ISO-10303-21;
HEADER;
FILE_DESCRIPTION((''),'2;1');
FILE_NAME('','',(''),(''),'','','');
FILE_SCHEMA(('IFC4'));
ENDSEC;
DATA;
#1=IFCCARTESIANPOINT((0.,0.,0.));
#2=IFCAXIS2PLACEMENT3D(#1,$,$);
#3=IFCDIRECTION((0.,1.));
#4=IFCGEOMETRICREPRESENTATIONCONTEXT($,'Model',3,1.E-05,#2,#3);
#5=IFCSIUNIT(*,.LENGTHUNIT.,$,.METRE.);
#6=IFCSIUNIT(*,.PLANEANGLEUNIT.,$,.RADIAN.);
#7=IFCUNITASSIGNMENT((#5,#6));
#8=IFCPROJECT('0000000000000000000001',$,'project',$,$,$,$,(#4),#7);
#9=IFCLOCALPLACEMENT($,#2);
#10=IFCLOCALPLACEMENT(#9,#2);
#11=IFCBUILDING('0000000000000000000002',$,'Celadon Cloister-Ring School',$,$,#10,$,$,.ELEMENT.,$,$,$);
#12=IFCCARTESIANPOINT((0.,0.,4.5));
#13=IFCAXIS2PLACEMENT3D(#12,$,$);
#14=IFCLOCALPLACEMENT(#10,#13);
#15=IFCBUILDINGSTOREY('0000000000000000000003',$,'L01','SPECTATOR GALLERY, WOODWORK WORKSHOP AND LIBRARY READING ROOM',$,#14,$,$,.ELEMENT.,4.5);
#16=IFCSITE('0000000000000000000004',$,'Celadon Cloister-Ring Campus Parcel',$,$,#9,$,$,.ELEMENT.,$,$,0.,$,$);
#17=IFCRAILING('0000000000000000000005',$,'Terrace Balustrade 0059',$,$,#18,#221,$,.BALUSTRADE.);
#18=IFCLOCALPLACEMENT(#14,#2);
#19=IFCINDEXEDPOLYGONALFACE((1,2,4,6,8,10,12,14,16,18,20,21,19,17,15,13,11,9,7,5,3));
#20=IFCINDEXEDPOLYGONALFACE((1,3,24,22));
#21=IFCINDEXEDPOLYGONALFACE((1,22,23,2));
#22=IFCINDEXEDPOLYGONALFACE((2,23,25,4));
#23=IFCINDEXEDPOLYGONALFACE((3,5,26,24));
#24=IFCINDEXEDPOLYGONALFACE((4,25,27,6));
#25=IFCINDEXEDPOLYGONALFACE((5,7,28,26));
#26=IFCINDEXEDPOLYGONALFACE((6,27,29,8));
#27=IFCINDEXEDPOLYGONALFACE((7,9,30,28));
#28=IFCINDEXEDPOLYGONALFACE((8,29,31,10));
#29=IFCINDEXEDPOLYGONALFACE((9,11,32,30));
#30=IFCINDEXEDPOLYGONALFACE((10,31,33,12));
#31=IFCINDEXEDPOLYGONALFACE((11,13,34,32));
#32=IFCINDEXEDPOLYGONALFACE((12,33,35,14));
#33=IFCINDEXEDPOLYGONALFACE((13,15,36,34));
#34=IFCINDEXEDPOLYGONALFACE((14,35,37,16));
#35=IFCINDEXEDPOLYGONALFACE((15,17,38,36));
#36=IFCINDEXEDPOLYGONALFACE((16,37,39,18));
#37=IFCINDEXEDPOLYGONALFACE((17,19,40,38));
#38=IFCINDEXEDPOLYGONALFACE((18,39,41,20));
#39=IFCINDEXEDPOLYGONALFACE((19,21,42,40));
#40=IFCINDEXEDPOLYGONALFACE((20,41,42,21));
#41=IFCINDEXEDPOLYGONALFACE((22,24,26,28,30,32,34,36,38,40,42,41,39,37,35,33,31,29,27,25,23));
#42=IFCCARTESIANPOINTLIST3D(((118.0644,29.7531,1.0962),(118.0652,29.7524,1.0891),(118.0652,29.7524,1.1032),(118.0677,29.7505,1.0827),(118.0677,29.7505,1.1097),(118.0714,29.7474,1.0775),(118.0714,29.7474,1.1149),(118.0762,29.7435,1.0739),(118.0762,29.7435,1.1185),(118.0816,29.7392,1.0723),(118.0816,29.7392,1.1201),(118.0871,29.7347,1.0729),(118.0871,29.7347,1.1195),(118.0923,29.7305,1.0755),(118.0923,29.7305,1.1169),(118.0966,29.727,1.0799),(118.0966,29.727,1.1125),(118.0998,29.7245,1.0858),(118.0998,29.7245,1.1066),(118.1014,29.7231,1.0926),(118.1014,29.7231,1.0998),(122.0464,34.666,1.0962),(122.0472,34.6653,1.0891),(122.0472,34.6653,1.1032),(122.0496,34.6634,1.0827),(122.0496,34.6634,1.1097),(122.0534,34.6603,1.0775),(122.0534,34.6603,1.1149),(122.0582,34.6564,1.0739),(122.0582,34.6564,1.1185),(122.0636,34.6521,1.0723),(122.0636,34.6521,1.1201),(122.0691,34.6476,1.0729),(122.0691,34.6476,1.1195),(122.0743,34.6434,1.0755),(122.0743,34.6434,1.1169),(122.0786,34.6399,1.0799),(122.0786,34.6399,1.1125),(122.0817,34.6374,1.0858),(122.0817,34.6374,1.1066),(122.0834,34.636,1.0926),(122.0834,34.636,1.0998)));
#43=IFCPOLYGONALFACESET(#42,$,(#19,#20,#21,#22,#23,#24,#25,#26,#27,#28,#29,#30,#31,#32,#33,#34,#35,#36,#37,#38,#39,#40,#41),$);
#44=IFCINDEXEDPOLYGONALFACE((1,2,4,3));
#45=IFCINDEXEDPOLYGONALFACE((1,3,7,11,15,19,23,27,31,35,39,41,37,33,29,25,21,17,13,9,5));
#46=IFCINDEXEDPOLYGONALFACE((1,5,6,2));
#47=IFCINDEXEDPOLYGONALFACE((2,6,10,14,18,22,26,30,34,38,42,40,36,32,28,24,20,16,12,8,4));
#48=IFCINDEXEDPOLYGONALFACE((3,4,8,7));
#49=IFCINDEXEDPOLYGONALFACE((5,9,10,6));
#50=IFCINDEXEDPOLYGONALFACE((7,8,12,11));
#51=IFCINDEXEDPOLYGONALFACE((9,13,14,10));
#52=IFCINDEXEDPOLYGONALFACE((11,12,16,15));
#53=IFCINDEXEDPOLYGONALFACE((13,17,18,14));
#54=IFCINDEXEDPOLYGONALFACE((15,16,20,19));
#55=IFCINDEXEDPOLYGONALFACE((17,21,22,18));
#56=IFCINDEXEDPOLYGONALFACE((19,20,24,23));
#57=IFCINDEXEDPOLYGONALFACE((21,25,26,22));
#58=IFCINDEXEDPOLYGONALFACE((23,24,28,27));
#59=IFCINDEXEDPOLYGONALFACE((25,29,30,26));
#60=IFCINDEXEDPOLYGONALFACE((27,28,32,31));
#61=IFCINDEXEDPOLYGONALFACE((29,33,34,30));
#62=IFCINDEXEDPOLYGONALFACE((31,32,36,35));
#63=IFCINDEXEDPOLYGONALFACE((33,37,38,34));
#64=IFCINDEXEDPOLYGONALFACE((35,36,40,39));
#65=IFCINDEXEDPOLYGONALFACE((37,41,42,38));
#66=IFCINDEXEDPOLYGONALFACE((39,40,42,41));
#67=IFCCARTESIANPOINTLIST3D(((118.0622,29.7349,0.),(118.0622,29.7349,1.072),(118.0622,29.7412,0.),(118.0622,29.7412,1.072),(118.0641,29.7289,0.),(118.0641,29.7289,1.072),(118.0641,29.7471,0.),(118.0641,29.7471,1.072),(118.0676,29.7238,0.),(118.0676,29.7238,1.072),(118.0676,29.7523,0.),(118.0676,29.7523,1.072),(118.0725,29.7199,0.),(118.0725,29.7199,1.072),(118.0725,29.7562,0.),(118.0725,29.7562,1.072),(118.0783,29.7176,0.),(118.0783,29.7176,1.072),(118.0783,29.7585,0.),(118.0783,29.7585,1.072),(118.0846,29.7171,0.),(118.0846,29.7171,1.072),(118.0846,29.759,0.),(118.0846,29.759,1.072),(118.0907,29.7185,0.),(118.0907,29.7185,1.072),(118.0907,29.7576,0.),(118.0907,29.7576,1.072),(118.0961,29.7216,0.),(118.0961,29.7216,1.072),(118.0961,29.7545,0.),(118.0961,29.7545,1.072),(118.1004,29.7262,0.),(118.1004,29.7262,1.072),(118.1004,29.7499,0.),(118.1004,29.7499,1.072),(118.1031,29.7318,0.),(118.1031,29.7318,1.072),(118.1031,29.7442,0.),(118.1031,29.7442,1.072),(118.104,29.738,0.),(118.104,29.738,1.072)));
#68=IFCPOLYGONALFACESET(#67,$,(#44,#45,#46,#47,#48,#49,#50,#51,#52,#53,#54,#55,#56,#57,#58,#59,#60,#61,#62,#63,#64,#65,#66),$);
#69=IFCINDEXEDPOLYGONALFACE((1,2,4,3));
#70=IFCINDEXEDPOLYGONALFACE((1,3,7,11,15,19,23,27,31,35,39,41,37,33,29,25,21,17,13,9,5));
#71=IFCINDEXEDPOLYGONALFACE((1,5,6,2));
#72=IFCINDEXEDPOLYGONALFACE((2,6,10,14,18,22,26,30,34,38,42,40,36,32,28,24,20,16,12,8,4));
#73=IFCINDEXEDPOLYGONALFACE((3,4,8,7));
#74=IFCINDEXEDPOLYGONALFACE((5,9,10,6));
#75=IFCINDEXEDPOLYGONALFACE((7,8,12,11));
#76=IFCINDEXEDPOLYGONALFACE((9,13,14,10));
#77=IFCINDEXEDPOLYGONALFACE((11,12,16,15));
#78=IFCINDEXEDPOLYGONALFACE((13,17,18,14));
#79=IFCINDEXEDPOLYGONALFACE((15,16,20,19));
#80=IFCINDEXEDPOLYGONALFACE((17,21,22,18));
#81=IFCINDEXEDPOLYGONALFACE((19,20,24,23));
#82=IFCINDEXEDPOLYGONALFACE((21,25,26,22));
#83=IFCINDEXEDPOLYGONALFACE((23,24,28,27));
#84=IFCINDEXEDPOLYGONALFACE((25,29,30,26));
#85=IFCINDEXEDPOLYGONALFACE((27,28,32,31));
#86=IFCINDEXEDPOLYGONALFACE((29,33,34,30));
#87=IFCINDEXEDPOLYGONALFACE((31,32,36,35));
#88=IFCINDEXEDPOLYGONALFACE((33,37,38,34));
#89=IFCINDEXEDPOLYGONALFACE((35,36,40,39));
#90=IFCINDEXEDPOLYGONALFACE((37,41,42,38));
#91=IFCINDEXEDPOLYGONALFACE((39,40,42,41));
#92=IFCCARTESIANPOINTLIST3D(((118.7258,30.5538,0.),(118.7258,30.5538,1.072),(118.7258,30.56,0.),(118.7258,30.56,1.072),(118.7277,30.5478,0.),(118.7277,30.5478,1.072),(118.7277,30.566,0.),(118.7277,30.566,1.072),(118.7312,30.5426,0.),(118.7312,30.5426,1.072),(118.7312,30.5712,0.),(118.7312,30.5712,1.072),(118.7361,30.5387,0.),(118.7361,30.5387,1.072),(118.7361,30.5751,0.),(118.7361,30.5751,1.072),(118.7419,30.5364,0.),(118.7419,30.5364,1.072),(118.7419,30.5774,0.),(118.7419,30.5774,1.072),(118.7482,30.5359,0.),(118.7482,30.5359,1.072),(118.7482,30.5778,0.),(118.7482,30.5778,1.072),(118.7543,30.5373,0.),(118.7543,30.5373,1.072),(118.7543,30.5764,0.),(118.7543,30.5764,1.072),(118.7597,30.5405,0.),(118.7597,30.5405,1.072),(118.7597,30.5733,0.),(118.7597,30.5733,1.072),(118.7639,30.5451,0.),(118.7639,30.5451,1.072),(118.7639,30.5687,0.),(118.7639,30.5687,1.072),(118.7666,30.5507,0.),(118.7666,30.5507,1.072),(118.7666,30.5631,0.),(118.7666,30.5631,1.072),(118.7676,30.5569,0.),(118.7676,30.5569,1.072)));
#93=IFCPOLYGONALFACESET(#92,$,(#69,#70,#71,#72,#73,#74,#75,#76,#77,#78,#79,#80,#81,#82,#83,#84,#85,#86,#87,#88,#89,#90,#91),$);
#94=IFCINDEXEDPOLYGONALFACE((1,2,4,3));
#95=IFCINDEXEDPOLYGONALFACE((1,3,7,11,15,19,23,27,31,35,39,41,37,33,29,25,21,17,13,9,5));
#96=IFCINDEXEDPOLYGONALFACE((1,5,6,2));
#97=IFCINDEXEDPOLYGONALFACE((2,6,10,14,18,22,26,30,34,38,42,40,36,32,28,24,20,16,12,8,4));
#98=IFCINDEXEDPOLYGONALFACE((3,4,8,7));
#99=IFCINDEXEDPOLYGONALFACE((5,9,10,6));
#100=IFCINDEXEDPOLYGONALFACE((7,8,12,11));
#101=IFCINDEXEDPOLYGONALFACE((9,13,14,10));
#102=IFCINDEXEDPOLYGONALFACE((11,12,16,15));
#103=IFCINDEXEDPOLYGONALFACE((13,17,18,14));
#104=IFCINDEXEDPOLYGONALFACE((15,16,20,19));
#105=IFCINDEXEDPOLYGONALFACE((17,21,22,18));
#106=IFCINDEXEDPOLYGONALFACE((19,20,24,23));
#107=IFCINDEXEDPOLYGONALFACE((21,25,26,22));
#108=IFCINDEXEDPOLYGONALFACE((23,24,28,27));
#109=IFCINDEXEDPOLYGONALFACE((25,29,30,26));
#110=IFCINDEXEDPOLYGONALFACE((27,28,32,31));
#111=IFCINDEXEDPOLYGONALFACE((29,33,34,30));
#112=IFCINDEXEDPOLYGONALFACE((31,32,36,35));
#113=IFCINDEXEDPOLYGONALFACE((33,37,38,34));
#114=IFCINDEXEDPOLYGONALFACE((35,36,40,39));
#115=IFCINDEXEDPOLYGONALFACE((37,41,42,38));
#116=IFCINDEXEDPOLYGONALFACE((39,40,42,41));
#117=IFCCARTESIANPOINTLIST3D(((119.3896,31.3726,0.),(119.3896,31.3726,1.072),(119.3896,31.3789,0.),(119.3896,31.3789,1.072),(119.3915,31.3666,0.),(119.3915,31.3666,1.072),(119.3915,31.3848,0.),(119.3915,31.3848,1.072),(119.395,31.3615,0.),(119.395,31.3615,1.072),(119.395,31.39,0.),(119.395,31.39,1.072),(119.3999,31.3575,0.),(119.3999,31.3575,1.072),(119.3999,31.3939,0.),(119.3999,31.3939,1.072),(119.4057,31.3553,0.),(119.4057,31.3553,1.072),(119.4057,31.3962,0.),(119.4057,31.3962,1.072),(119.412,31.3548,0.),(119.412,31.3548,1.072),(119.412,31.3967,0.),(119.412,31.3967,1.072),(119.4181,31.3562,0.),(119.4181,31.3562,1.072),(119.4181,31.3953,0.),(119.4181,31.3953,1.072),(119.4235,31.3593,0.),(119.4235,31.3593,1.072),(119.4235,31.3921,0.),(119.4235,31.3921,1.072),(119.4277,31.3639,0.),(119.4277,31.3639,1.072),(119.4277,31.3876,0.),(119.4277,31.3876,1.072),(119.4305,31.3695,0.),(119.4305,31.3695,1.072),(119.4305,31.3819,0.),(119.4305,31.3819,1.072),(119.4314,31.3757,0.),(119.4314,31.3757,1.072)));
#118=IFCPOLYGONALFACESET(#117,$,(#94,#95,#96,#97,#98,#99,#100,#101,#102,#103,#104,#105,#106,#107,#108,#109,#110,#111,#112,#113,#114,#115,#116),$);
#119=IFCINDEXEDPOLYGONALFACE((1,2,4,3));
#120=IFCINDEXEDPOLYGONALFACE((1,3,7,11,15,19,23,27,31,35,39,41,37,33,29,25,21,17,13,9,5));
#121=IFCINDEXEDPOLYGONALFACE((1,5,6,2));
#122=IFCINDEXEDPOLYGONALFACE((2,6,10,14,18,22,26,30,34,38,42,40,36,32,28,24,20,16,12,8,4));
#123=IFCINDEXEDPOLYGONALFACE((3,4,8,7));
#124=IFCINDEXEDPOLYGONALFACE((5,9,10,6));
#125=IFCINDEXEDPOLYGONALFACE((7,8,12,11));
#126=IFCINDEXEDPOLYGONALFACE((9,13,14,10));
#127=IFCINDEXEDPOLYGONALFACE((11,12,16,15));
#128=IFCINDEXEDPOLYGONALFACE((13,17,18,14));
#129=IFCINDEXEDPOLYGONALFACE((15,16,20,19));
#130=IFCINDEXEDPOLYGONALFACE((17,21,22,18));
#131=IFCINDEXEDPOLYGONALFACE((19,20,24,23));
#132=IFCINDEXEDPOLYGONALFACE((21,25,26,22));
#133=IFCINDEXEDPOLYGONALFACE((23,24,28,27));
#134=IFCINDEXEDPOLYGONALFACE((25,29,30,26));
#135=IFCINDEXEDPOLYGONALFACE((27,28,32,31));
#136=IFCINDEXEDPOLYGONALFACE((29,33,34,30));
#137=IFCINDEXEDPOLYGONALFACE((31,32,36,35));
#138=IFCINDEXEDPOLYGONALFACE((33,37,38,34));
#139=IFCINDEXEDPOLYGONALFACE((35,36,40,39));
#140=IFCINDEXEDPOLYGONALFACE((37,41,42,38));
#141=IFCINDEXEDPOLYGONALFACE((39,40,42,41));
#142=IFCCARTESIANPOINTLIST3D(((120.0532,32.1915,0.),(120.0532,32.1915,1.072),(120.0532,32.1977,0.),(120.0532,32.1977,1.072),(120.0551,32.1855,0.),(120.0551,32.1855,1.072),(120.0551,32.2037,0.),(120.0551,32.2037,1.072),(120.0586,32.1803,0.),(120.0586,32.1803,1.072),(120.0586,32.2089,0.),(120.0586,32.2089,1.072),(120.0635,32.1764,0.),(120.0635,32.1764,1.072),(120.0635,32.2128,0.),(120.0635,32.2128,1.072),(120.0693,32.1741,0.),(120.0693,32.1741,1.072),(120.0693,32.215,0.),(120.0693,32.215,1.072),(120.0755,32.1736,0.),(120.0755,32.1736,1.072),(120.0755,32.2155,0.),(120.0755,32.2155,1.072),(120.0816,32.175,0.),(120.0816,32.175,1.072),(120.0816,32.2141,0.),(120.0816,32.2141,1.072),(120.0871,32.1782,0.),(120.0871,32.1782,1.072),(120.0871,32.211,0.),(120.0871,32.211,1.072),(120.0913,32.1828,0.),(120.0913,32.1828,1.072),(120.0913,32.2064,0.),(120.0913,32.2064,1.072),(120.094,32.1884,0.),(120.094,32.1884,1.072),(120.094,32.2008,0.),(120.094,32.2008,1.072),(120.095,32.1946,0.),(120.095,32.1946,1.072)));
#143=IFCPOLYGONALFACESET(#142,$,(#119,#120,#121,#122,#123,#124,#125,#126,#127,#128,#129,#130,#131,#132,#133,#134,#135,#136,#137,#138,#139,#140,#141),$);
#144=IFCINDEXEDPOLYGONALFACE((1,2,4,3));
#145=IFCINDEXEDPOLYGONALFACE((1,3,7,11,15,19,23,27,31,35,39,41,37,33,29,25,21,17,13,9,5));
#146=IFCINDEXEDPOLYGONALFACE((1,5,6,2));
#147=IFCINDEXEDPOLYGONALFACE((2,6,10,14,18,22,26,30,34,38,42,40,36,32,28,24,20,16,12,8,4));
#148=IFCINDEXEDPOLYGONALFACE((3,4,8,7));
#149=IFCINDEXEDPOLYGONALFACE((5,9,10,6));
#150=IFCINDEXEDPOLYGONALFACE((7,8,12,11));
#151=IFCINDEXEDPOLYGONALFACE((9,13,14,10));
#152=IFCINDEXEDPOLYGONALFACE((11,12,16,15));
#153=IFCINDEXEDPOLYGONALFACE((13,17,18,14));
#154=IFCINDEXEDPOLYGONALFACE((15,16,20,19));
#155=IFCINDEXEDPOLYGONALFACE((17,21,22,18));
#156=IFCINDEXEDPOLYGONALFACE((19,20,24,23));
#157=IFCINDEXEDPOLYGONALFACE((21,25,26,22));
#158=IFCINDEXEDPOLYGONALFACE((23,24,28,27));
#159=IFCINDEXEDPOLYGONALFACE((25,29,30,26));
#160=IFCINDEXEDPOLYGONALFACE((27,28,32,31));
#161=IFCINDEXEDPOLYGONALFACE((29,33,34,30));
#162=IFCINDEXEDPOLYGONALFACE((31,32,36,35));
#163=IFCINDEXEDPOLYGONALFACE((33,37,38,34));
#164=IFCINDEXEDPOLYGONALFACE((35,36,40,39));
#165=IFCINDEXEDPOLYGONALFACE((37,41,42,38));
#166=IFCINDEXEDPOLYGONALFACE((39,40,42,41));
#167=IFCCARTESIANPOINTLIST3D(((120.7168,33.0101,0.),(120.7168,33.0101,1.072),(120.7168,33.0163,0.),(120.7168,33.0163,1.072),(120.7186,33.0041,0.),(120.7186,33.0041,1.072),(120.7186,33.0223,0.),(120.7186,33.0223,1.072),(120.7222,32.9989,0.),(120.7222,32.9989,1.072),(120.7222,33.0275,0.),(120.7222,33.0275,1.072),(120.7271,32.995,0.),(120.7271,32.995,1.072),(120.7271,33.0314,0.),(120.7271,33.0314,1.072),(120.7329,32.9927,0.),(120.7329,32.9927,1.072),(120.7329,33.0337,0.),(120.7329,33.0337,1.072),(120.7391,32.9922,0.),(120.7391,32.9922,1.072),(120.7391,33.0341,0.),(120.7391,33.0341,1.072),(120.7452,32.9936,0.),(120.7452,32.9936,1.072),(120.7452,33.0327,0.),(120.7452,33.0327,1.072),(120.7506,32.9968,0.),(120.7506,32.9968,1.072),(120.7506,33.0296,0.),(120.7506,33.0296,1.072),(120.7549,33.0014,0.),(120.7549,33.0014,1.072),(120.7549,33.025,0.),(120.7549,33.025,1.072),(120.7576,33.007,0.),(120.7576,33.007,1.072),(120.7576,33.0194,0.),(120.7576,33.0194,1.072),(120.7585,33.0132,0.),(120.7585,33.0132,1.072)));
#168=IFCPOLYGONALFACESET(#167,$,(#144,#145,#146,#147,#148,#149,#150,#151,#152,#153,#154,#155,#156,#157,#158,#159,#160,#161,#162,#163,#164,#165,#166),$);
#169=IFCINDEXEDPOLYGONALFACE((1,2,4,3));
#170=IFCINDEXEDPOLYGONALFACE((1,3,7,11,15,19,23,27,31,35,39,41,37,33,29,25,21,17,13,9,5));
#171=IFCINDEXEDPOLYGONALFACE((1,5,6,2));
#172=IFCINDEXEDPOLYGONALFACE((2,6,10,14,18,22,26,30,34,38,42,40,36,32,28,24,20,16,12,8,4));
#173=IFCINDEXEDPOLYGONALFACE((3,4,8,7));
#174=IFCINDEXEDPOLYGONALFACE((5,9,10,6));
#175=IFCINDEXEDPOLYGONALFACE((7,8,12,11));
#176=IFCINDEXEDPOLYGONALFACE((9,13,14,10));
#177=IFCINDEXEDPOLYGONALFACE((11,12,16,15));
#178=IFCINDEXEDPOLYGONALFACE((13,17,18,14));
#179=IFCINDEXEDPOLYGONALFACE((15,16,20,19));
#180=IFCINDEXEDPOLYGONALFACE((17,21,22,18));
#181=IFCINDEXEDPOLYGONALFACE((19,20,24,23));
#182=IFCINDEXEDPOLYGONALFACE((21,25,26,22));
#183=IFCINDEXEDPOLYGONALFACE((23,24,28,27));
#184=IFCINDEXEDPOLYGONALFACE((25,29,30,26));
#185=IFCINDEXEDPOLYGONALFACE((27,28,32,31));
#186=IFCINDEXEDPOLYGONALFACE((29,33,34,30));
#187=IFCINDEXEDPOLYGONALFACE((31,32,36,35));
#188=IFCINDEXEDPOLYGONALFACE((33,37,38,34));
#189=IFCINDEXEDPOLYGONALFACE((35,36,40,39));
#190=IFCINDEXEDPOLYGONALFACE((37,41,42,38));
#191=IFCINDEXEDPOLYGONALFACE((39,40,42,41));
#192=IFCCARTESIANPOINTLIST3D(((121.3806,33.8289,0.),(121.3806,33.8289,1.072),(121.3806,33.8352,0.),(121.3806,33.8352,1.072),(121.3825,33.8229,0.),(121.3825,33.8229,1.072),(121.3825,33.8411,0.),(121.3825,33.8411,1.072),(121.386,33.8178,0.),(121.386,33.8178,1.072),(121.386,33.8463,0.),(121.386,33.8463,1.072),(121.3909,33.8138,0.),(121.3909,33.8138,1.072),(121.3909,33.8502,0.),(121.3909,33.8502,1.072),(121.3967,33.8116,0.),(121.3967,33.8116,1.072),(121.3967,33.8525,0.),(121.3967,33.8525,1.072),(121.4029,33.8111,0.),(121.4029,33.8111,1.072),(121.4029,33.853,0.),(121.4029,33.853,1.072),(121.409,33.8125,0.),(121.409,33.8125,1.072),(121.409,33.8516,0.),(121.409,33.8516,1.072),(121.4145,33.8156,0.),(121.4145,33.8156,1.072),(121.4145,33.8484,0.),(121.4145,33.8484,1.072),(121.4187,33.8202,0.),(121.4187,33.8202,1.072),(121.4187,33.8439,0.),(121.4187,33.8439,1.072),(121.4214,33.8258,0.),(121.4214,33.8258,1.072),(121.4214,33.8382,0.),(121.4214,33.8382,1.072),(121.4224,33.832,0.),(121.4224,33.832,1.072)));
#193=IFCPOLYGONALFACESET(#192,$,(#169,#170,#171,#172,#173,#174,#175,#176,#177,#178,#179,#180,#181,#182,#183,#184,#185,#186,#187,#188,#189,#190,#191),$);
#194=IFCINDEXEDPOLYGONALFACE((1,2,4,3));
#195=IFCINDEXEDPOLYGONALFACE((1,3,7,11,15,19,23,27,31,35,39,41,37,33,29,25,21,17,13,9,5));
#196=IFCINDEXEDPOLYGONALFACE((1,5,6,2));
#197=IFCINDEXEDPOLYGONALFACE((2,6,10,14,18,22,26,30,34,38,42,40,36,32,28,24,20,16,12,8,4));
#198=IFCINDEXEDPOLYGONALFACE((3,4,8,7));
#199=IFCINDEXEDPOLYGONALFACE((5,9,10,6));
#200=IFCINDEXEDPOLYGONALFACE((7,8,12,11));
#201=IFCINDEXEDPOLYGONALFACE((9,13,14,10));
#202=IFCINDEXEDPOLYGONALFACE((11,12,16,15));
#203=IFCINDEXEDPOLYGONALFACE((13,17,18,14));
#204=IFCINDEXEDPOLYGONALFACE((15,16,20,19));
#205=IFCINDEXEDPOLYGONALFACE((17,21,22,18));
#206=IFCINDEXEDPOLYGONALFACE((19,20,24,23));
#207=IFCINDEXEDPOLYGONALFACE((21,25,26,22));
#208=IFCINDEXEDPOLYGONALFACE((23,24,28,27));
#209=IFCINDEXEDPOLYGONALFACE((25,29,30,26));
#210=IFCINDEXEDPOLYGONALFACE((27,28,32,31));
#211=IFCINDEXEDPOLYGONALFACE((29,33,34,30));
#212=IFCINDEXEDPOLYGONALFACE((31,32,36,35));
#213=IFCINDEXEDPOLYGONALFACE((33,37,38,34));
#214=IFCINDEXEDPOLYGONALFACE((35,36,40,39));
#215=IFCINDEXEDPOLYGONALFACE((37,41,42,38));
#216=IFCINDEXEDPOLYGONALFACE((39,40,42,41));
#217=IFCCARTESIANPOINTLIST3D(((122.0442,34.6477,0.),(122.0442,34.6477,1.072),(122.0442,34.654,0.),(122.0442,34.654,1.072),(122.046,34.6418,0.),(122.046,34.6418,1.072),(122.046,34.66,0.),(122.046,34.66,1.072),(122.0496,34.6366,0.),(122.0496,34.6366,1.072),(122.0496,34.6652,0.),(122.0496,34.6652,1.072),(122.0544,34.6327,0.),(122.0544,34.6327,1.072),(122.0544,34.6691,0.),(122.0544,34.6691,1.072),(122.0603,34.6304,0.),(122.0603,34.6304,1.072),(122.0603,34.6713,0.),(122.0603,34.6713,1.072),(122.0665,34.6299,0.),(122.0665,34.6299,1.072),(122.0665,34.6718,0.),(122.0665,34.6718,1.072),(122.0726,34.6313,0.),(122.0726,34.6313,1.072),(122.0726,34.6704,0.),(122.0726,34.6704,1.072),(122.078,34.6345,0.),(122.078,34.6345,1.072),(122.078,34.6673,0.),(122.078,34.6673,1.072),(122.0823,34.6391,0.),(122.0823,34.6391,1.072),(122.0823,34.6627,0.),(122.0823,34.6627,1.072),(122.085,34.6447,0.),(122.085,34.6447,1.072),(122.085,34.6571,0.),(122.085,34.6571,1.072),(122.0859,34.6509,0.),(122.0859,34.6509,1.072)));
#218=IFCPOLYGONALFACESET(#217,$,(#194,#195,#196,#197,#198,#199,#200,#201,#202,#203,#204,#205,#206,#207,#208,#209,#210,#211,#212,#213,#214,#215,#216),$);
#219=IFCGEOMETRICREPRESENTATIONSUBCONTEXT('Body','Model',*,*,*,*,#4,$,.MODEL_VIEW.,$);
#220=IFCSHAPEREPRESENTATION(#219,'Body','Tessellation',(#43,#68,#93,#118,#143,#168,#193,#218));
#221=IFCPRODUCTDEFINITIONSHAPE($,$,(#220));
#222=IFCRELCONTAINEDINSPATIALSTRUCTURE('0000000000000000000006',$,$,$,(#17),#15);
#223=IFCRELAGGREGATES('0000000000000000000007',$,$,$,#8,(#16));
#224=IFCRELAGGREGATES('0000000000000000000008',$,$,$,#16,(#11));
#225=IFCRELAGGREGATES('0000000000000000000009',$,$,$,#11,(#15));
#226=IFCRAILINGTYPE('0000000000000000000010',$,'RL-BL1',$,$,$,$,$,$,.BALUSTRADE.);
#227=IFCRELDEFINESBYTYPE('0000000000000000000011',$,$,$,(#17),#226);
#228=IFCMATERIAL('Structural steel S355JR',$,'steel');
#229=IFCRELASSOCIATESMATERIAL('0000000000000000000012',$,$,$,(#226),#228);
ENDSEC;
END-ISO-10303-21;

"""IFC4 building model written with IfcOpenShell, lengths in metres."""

from ifc_helpers import new_model, si_unit, direction, frame, origin, origin_2d, place, context, subcontext, project, spatial, circle, extrude, material, type_object, element, save


model = new_model("IFC4")

# Units and contexts
model_context = context("Model", 3, precision=1e-05, world=origin(), true_north=direction((0.0, 1.0)))
body_context = subcontext(model_context, "Body", "Model", "MODEL_VIEW")
ifc_project = project(units=[si_unit("LENGTHUNIT", "METRE"), si_unit("PLANEANGLEUNIT", "RADIAN")], contexts=[model_context])

# Site, building, storey
site_placement = place(None, origin())
site = spatial("IfcSite", under=ifc_project, at=site_placement, Name="Celadon Cloister-Ring Campus Parcel", CompositionType="ELEMENT", RefElevation=0.0)
building_placement = place(site_placement, origin())
building = spatial("IfcBuilding", under=site, at=building_placement, Name="Celadon Cloister-Ring School", CompositionType="ELEMENT")
storey_placement = place(building_placement, frame((0.0, 0.0, 4.5)))
storey = spatial("IfcBuildingStorey", under=building, at=storey_placement, Name="L01", Description="SPECTATOR GALLERY, WOODWORK WORKSHOP AND LIBRARY READING ROOM", CompositionType="ELEMENT", Elevation=4.5)

# Railing
ifc_material_1 = material(Name="Structural steel S355JR", Category="steel")
railing_type = type_object("IfcRailingType", Name="RL-BL1", PredefinedType="BALUSTRADE", material=ifc_material_1)
railing_placement = place(storey_placement, frame((118.083, 29.738, 0.0)))
element("IfcRailing", 1, at=railing_placement, inside=storey, type_object=railing_type, Name="Terrace Balustrade 0059", PredefinedType="BALUSTRADE", context=body_context, shape_type="SweptSolid", body=[
    extrude(circle(Radius=0.0239, at=origin_2d()), frame((0.0, 0.0, 1.0962), z_axis=(0.629663, 0.776868, 0.0), x_axis=(-0.776868, 0.629663, 0.0)), (0.0, 0.0, 1.0), 6.324),
    extrude(circle(Radius=0.021, at=origin_2d()), origin(), (0.0, 0.0, 1.0), 1.072),
    extrude(circle(Radius=0.021, at=origin_2d()), frame((0.6636, 0.8188, 0.0)), (0.0, 0.0, 1.0), 1.072),
    extrude(circle(Radius=0.021, at=origin_2d()), frame((1.3274, 1.6377, 0.0)), (0.0, 0.0, 1.0), 1.072),
    extrude(circle(Radius=0.021, at=origin_2d()), frame((1.991, 2.4565, 0.0)), (0.0, 0.0, 1.0), 1.072),
    extrude(circle(Radius=0.021, at=origin_2d()), frame((2.6545, 3.2751, 0.0)), (0.0, 0.0, 1.0), 1.072),
    extrude(circle(Radius=0.021, at=origin_2d()), frame((3.3184, 4.094, 0.0)), (0.0, 0.0, 1.0), 1.072),
    extrude(circle(Radius=0.021, at=origin_2d()), frame((3.9819, 4.9128, 0.0)), (0.0, 0.0, 1.0), 1.072),
])

save(model, "model.ifc")
